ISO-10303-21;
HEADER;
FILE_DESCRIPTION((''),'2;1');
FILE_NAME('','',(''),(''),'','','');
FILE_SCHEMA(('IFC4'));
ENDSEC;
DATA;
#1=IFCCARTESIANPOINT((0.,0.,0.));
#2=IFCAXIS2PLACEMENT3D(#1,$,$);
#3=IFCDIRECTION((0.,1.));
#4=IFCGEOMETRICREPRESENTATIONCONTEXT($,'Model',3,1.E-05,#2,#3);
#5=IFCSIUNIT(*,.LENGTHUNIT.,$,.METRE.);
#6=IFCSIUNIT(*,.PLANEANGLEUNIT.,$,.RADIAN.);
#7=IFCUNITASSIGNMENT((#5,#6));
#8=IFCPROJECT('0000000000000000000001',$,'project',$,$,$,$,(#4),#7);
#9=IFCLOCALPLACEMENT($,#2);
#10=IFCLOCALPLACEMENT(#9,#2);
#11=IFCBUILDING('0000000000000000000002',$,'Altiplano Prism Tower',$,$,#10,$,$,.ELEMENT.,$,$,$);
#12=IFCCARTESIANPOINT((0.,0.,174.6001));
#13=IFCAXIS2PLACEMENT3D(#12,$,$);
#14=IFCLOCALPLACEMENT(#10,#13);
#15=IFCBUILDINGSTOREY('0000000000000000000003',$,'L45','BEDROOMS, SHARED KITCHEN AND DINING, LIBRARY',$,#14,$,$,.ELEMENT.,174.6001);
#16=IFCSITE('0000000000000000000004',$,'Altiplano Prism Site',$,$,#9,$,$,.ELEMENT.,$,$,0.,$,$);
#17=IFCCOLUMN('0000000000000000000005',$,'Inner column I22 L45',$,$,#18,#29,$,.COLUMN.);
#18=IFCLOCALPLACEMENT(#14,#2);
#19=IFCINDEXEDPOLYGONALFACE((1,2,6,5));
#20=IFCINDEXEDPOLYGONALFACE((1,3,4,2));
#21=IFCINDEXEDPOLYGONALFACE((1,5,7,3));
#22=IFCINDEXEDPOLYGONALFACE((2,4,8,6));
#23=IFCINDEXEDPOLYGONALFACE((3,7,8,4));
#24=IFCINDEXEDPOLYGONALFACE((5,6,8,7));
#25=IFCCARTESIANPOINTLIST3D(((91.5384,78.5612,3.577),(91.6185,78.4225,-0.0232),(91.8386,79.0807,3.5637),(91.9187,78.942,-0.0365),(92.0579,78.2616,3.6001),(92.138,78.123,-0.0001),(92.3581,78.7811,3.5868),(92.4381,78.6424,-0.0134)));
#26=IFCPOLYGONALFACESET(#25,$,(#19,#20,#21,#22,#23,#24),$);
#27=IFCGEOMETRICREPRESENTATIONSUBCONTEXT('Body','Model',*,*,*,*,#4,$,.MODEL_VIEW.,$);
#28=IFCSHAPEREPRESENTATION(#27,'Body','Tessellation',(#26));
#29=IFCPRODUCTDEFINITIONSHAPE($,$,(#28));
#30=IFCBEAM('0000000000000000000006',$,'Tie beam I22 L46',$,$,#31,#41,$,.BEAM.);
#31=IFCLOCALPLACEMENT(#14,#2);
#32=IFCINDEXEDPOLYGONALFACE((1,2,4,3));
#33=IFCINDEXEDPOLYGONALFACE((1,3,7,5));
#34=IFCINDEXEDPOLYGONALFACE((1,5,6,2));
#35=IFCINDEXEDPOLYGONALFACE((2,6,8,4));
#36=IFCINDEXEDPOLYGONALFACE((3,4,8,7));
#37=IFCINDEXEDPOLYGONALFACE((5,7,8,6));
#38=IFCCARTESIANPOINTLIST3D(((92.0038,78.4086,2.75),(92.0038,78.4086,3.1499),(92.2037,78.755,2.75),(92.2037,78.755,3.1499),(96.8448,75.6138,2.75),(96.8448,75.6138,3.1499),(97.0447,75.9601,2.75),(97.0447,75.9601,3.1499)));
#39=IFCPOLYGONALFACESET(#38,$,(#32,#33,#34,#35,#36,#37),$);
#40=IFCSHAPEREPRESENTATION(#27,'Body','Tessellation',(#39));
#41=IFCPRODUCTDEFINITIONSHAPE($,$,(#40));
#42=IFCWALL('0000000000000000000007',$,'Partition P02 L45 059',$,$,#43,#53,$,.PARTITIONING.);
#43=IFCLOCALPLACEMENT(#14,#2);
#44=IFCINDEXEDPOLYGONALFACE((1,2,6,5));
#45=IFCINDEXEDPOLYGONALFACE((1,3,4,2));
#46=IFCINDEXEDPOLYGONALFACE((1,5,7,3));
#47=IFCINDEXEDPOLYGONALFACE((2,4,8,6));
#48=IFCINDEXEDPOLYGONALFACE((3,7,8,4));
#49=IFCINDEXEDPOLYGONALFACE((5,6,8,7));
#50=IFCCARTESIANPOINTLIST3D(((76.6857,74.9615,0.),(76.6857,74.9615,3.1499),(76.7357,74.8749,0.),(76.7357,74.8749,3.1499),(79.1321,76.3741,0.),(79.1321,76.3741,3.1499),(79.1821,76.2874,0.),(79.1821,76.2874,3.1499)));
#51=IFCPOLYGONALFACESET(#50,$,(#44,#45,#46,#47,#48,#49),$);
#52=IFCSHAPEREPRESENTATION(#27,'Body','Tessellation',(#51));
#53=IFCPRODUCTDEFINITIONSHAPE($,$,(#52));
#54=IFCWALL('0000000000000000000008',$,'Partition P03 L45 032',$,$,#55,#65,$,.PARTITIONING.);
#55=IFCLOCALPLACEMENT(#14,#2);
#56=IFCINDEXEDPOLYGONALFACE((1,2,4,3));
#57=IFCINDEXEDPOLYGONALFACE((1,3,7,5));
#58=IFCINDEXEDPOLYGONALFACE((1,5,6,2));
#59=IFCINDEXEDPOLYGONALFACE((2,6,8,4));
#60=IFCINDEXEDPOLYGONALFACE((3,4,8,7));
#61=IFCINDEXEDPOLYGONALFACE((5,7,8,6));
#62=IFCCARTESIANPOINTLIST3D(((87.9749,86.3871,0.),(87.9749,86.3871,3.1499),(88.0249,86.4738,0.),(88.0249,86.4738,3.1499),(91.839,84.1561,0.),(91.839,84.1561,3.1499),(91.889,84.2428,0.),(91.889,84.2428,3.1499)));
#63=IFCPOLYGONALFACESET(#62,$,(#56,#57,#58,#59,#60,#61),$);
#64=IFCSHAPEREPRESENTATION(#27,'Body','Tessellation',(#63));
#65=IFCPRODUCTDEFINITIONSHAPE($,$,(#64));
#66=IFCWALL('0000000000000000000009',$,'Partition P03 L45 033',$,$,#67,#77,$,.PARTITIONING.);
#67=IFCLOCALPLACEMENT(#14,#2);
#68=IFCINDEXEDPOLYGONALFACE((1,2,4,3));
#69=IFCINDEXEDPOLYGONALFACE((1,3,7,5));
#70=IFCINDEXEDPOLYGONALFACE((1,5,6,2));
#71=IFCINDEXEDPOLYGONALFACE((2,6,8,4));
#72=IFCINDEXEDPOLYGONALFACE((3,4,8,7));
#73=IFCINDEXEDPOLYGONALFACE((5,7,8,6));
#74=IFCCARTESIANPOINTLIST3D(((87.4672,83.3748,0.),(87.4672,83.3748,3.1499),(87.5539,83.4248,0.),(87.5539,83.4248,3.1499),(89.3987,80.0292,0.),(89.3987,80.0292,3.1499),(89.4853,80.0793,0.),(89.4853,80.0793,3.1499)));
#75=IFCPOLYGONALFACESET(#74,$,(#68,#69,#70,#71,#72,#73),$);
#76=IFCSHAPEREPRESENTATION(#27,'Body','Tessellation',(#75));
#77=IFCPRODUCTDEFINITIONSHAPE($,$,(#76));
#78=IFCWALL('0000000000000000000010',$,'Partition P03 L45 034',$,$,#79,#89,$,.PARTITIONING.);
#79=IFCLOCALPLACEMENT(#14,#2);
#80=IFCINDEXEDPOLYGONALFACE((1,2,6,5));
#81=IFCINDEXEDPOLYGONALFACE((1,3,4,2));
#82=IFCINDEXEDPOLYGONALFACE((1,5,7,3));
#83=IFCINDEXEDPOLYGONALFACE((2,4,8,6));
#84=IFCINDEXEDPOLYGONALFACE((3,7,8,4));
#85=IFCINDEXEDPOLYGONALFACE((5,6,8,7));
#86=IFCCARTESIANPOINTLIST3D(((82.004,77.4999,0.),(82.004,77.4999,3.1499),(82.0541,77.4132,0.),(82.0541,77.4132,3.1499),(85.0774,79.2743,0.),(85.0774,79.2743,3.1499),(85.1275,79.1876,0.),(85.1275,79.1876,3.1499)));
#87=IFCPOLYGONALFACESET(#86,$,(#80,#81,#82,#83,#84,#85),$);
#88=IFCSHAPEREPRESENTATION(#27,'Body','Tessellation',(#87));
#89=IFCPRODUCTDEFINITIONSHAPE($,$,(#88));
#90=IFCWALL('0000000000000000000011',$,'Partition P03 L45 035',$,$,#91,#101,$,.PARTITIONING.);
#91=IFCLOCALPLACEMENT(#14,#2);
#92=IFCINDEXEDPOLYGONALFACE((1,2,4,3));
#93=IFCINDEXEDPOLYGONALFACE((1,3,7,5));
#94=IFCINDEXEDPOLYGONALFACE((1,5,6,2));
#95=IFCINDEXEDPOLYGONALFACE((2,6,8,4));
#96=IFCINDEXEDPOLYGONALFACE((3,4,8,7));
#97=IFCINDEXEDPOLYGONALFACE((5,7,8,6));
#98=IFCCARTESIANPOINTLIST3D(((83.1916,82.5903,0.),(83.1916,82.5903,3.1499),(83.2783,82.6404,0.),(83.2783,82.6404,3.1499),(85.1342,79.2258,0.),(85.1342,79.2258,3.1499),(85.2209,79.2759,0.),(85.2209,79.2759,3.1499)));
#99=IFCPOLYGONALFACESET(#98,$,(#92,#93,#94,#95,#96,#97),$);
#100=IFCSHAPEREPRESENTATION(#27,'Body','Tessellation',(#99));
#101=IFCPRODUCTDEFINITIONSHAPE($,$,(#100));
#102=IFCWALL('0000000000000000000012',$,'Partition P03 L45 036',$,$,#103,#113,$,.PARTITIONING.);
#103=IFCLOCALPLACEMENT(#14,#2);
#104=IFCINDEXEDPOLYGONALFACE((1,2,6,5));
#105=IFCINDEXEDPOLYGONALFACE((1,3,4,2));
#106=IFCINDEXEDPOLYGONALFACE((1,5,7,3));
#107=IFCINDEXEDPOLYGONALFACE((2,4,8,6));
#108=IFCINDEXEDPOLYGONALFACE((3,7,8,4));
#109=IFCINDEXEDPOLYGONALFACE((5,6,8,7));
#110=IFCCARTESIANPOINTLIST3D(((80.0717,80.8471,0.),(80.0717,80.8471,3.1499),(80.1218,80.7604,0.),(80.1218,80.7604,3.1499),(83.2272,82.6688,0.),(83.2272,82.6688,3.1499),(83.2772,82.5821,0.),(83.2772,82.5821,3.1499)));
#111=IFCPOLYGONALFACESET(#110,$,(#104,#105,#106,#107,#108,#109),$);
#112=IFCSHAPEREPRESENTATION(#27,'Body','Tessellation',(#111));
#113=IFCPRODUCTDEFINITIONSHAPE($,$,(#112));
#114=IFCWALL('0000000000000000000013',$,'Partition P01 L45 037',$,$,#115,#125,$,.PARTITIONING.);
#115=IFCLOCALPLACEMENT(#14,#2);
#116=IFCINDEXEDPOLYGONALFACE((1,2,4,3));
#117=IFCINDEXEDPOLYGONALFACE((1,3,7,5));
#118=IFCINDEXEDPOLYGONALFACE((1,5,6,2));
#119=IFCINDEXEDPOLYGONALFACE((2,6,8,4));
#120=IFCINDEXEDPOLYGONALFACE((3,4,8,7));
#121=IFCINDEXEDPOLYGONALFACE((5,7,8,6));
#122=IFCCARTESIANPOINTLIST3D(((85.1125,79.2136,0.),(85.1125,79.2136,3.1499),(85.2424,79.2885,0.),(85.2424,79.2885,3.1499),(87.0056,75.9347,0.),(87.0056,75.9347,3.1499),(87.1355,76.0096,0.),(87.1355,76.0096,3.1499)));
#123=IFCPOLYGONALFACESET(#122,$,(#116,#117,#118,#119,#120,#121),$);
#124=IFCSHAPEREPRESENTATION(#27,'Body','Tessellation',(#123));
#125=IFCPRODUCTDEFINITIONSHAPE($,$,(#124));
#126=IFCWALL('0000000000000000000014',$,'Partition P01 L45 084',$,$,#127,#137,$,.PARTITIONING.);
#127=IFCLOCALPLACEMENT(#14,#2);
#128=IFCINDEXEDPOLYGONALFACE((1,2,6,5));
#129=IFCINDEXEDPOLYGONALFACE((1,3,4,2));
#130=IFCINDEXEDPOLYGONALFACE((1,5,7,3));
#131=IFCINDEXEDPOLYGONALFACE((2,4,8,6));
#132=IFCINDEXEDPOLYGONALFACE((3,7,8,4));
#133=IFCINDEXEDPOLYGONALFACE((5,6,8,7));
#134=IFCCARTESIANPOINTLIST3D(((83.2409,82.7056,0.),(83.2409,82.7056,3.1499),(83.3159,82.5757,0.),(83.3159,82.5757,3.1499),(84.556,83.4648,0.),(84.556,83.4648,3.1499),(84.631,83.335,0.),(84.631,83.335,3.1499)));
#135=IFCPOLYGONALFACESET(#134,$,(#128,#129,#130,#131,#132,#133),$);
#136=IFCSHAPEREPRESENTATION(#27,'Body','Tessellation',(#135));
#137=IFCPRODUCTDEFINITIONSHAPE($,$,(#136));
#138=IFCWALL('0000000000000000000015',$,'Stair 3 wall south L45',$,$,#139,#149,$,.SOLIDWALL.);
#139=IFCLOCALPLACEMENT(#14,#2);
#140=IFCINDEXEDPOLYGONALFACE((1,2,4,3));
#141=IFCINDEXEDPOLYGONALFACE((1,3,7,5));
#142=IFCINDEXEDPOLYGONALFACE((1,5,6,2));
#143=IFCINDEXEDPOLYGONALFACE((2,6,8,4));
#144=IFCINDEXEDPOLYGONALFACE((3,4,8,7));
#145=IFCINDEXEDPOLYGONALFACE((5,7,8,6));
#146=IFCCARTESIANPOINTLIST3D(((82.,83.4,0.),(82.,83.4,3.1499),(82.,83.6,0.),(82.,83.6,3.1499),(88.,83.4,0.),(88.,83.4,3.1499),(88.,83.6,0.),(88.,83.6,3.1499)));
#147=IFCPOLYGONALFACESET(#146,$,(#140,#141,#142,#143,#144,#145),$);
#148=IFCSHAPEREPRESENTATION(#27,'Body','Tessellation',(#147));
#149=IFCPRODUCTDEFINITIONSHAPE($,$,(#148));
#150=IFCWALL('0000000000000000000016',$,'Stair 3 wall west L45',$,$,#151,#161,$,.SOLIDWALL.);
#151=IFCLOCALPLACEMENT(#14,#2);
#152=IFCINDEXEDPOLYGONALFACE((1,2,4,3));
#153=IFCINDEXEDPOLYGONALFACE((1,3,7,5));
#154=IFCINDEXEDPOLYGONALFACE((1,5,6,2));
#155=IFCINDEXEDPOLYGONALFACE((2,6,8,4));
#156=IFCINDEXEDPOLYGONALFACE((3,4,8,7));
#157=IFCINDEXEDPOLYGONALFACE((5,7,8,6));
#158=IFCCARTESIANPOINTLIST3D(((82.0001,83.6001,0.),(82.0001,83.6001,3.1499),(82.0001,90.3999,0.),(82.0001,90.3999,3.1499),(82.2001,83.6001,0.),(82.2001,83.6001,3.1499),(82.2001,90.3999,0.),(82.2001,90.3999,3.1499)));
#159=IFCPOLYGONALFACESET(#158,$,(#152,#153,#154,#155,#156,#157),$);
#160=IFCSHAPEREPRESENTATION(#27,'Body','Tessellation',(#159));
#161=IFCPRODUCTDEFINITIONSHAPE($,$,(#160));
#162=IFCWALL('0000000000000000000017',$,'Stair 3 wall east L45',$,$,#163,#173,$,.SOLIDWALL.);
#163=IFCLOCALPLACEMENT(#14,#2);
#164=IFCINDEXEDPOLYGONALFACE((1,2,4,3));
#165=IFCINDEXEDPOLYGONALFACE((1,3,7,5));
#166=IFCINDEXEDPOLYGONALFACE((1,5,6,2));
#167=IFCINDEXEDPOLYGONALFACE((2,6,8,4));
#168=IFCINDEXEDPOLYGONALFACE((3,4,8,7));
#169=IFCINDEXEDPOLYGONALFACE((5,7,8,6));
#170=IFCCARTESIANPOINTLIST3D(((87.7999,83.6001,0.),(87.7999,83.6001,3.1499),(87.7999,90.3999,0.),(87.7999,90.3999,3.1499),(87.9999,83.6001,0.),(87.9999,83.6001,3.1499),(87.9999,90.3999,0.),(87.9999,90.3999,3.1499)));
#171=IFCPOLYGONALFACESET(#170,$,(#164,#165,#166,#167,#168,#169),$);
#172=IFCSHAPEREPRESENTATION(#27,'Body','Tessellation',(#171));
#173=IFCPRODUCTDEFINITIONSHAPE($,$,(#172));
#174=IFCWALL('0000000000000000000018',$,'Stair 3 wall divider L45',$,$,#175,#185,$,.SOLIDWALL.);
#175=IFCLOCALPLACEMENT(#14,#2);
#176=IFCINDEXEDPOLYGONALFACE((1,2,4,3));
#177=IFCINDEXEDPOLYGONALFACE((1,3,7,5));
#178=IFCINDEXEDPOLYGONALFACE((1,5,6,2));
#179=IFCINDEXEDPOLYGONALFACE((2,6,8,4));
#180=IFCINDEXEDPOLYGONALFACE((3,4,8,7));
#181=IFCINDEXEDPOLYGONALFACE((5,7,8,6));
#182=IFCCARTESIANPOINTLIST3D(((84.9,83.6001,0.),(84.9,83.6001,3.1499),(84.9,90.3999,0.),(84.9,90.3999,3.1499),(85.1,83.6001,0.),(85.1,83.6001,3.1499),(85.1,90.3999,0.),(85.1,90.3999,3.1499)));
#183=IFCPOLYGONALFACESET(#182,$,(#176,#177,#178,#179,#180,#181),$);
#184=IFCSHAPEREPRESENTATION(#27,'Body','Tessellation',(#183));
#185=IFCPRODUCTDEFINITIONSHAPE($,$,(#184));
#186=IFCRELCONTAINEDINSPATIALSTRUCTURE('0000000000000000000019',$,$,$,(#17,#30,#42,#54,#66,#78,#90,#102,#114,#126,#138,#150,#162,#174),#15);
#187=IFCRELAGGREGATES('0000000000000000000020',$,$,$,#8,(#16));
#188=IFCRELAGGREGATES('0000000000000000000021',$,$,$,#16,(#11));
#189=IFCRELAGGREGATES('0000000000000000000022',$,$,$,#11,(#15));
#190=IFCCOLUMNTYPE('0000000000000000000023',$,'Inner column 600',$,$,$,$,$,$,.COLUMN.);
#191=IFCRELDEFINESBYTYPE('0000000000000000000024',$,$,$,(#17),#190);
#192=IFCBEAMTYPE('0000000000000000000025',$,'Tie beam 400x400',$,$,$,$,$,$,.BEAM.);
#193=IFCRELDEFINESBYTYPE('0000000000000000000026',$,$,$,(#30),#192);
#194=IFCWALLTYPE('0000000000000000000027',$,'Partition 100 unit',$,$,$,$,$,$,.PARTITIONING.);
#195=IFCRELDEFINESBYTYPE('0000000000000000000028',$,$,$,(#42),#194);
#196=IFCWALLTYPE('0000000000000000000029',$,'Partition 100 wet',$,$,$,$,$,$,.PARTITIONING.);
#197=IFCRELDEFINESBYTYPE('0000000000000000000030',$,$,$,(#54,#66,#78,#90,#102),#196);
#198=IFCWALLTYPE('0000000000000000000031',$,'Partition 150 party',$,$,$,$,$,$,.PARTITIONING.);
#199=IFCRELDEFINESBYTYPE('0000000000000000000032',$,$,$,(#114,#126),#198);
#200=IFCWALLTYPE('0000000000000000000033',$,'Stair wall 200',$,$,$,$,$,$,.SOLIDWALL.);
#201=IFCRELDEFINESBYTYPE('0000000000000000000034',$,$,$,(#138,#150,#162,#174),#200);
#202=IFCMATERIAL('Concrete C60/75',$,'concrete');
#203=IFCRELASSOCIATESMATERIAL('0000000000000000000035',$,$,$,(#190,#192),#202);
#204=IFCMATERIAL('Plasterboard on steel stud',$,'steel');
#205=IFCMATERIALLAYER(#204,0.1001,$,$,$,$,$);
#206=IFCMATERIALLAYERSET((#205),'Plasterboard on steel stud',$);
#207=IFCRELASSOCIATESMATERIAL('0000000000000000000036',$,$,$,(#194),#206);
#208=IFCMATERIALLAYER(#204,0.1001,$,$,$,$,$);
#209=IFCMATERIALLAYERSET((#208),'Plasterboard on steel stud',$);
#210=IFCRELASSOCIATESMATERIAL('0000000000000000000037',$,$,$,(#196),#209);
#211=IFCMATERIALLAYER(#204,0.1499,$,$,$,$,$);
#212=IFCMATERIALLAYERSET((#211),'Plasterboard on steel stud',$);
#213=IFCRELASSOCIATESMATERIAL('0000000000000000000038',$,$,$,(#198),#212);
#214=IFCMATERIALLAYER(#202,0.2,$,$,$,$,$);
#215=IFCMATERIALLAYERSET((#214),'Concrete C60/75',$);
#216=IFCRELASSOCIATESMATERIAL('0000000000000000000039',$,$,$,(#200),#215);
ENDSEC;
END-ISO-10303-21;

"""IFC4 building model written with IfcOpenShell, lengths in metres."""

from ifc_helpers import new_model, si_unit, direction, frame, frame_2d, origin, origin_2d, place, context, subcontext, project, spatial, rectangle, extrude, material, layer, layer_set, material_profile, profile_set, type_object, element, save


model = new_model("IFC4")

# Units and contexts
model_context = context("Model", 3, precision=1e-05, world=origin(), true_north=direction((0.0, 1.0)))
body_context = subcontext(model_context, "Body", "Model", "MODEL_VIEW")
ifc_project = project(units=[si_unit("LENGTHUNIT", "METRE"), si_unit("PLANEANGLEUNIT", "RADIAN")], contexts=[model_context])

# Site, building, storey
site_placement = place(None, origin())
site = spatial("IfcSite", under=ifc_project, at=site_placement, Name="Altiplano Prism Site", CompositionType="ELEMENT", RefElevation=0.0)
building_placement = place(site_placement, origin())
building = spatial("IfcBuilding", under=site, at=building_placement, Name="Altiplano Prism Tower", CompositionType="ELEMENT")
storey_placement = place(building_placement, frame((0.0, 0.0, 174.6001)))
storey = spatial("IfcBuildingStorey", under=building, at=storey_placement, Name="L45", Description="BEDROOMS, SHARED KITCHEN AND DINING, LIBRARY", CompositionType="ELEMENT", Elevation=174.6001)

# Column
ifc_material_1 = material(Name="Concrete C60/75", Category="concrete")
ifc_material_profile_1 = material_profile(ifc_material_1, rectangle(XDim=0.6001, YDim=0.6001, at=origin_2d()), Name="Inner column 600")
ifc_profile_set_1 = profile_set([ifc_material_profile_1], Name="Concrete C60/75")
column_type = type_object("IfcColumnType", Name="Inner column 600", PredefinedType="COLUMN", material=ifc_profile_set_1)
column_placement = place(storey_placement, frame((92.0283, 78.5325, -0.0183), z_axis=(-0.022221, 0.038481, 0.999012), x_axis=(-0.500175, -0.865639, 0.022218)))
element("IfcColumn", 1, at=column_placement, inside=storey, type_object=column_type, Name="Inner column I22 L45", PredefinedType="COLUMN", context=body_context, shape_type="SweptSolid", body=[
    extrude(rectangle(XDim=0.6001, YDim=0.6001, at=origin_2d()), origin(), (0.0, 0.0, 1.0), 3.6038),
])

# Beam
ifc_material_profile_2 = material_profile(ifc_material_1, rectangle(XDim=0.3999, YDim=0.3999, at=origin_2d()), Name="Tie beam 400x400")
ifc_profile_set_2 = profile_set([ifc_material_profile_2], Name="Concrete C60/75")
beam_type = type_object("IfcBeamType", Name="Tie beam 400x400", PredefinedType="BEAM", material=ifc_profile_set_2)
beam_placement = place(storey_placement, frame((92.1038, 78.5818, 2.95), z_axis=(0.866031, -0.499991, 0.0), x_axis=(0.499991, 0.866031, 0.0)))
element("IfcBeam", 2, at=beam_placement, inside=storey, type_object=beam_type, Name="Tie beam I22 L46", PredefinedType="BEAM", context=body_context, shape_type="SweptSolid", body=[
    extrude(rectangle(XDim=0.3999, YDim=0.3999, at=origin_2d()), origin(), (0.0, 0.0, 1.0), 5.5898),
])

# Walls
ifc_material_2 = material(Name="Plasterboard on steel stud", Category="steel")
ifc_layer_1 = layer(ifc_material_2, 0.1001)
ifc_layer_set_1 = layer_set([ifc_layer_1], Name="Plasterboard on steel stud")
wall_type_1 = type_object("IfcWallType", Name="Partition 100 unit", PredefinedType="PARTITIONING", material=ifc_layer_set_1)
wall_1_placement = place(storey_placement, frame((79.1572, 76.3308, 0.0), z_axis=(0.0, 0.0, 1.0), x_axis=(-0.866011, -0.500024, 0.0)))
element("IfcWall", 3, at=wall_1_placement, inside=storey, type_object=wall_type_1, Name="Partition P02 L45 059", PredefinedType="PARTITIONING", context=body_context, shape_type="SweptSolid", body=[
    extrude(rectangle(XDim=2.825, YDim=0.1001, at=frame_2d((1.4126, 0.0))), origin(), (0.0, 0.0, 1.0), 3.1499),
])
ifc_layer_2 = layer(ifc_material_2, 0.1001)
ifc_layer_set_2 = layer_set([ifc_layer_2], Name="Plasterboard on steel stud")
wall_type_2 = type_object("IfcWallType", Name="Partition 100 wet", PredefinedType="PARTITIONING", material=ifc_layer_set_2)
wall_2_placement = place(storey_placement, frame((91.864, 84.1995, 0.0), z_axis=(0.0, 0.0, 1.0), x_axis=(-0.866019, 0.500011, 0.0)))
element("IfcWall", 4, at=wall_2_placement, inside=storey, type_object=wall_type_2, Name="Partition P03 L45 032", PredefinedType="PARTITIONING", context=body_context, shape_type="SweptSolid", body=[
    extrude(rectangle(XDim=4.4619, YDim=0.1001, at=frame_2d((2.231, 0.0))), origin(), (0.0, 0.0, 1.0), 3.1499),
])
wall_3_placement = place(storey_placement, frame((87.5105, 83.3999, 0.0), z_axis=(0.0, 0.0, 1.0), x_axis=(0.49998, -0.866037, 0.0)))
element("IfcWall", 5, at=wall_3_placement, inside=storey, type_object=wall_type_2, Name="Partition P03 L45 033", PredefinedType="PARTITIONING", context=body_context, shape_type="SweptSolid", body=[
    extrude(rectangle(XDim=3.863, YDim=0.1001, at=frame_2d((1.9316, 0.0))), origin(), (0.0, 0.0, 1.0), 3.1499),
])
wall_4_placement = place(storey_placement, frame((82.0291, 77.4565, 0.0), z_axis=(0.0, 0.0, 1.0), x_axis=(0.866033, 0.499986, 0.0)))
element("IfcWall", 6, at=wall_4_placement, inside=storey, type_object=wall_type_2, Name="Partition P03 L45 034", PredefinedType="PARTITIONING", context=body_context, shape_type="SweptSolid", body=[
    extrude(rectangle(XDim=3.5488, YDim=0.1001, at=frame_2d((1.7744, 0.0))), origin(), (0.0, 0.0, 1.0), 3.1499),
])
wall_5_placement = place(storey_placement, frame((85.1775, 79.251, 0.0), z_axis=(0.0, 0.0, 1.0), x_axis=(-0.500025, 0.866011, 0.0)))
element("IfcWall", 7, at=wall_5_placement, inside=storey, type_object=wall_type_2, Name="Partition P03 L45 035", PredefinedType="PARTITIONING", context=body_context, shape_type="SweptSolid", body=[
    extrude(rectangle(XDim=3.885, YDim=0.1001, at=frame_2d((1.9424, 0.0))), origin(), (0.0, 0.0, 1.0), 3.1499),
])
wall_6_placement = place(storey_placement, frame((83.2522, 82.6255, 0.0), z_axis=(0.0, 0.0, 1.0), x_axis=(-0.866033, -0.499987, 0.0)))
element("IfcWall", 8, at=wall_6_placement, inside=storey, type_object=wall_type_2, Name="Partition P03 L45 036", PredefinedType="PARTITIONING", context=body_context, shape_type="SweptSolid", body=[
    extrude(rectangle(XDim=3.6436, YDim=0.1001, at=frame_2d((1.8218, 0.0))), origin(), (0.0, 0.0, 1.0), 3.1499),
])
ifc_layer_3 = layer(ifc_material_2, 0.1499)
ifc_layer_set_3 = layer_set([ifc_layer_3], Name="Plasterboard on steel stud")
wall_type_3 = type_object("IfcWallType", Name="Partition 150 party", PredefinedType="PARTITIONING", material=ifc_layer_set_3)
wall_7_placement = place(storey_placement, frame((87.0706, 75.9722, 0.0), z_axis=(0.0, 0.0, 1.0), x_axis=(-0.500009, 0.86602, 0.0)))
element("IfcWall", 9, at=wall_7_placement, inside=storey, type_object=wall_type_3, Name="Partition P01 L45 037", PredefinedType="PARTITIONING", context=body_context, shape_type="SweptSolid", body=[
    extrude(rectangle(XDim=3.7861, YDim=0.1499, at=frame_2d((1.8931, 0.0))), origin(), (0.0, 0.0, 1.0), 3.1499),
])
wall_8_placement = place(storey_placement, frame((84.5935, 83.3999, 0.0), z_axis=(0.0, 0.0, 1.0), x_axis=(-0.866038, -0.499978, 0.0)))
element("IfcWall", 10, at=wall_8_placement, inside=storey, type_object=wall_type_3, Name="Partition P01 L45 084", PredefinedType="PARTITIONING", context=body_context, shape_type="SweptSolid", body=[
    extrude(rectangle(XDim=1.5186, YDim=0.1499, at=frame_2d((0.7593, 0.0))), origin(), (0.0, 0.0, 1.0), 3.1499),
])
ifc_layer_4 = layer(ifc_material_1, 0.2)
ifc_layer_set_4 = layer_set([ifc_layer_4], Name="Concrete C60/75")
wall_type_4 = type_object("IfcWallType", Name="Stair wall 200", PredefinedType="SOLIDWALL", material=ifc_layer_set_4)
wall_9_placement = place(storey_placement, frame((82.0, 83.5, 0.0), z_axis=(0.0, 0.0, 1.0), x_axis=(1.0, 0.0, 0.0)))
element("IfcWall", 11, at=wall_9_placement, inside=storey, type_object=wall_type_4, Name="Stair 3 wall south L45", PredefinedType="SOLIDWALL", context=body_context, shape_type="SweptSolid", body=[
    extrude(rectangle(XDim=6.0, YDim=0.2, at=frame_2d((3.0, 0.0))), origin(), (0.0, 0.0, 1.0), 3.1499),
])
for number, where, z_axis, x_axis, name in (
    (12, (82.1001, 83.6001, 0.0), (0.0, 0.0, 1.0), (0.0, 1.0, 0.0), "Stair 3 wall west L45"),
    (13, (87.8999, 83.6001, 0.0), (0.0, 0.0, 1.0), (0.0, 1.0, 0.0), "Stair 3 wall east L45"),
    (14, (85.0, 83.6001, 0.0), (0.0, 0.0, 1.0), (0.0, 1.0, 0.0), "Stair 3 wall divider L45"),
):
    element("IfcWall", number, at=place(storey_placement, frame(where, z_axis=z_axis, x_axis=x_axis)), inside=storey, type_object=wall_type_4, Name=name, PredefinedType="SOLIDWALL", context=body_context, shape_type="SweptSolid", body=[
        extrude(rectangle(XDim=6.7998, YDim=0.2, at=frame_2d((3.3999, 0.0))), origin(), (0.0, 0.0, 1.0), 3.1499),
    ])

save(model, "model.ifc")
